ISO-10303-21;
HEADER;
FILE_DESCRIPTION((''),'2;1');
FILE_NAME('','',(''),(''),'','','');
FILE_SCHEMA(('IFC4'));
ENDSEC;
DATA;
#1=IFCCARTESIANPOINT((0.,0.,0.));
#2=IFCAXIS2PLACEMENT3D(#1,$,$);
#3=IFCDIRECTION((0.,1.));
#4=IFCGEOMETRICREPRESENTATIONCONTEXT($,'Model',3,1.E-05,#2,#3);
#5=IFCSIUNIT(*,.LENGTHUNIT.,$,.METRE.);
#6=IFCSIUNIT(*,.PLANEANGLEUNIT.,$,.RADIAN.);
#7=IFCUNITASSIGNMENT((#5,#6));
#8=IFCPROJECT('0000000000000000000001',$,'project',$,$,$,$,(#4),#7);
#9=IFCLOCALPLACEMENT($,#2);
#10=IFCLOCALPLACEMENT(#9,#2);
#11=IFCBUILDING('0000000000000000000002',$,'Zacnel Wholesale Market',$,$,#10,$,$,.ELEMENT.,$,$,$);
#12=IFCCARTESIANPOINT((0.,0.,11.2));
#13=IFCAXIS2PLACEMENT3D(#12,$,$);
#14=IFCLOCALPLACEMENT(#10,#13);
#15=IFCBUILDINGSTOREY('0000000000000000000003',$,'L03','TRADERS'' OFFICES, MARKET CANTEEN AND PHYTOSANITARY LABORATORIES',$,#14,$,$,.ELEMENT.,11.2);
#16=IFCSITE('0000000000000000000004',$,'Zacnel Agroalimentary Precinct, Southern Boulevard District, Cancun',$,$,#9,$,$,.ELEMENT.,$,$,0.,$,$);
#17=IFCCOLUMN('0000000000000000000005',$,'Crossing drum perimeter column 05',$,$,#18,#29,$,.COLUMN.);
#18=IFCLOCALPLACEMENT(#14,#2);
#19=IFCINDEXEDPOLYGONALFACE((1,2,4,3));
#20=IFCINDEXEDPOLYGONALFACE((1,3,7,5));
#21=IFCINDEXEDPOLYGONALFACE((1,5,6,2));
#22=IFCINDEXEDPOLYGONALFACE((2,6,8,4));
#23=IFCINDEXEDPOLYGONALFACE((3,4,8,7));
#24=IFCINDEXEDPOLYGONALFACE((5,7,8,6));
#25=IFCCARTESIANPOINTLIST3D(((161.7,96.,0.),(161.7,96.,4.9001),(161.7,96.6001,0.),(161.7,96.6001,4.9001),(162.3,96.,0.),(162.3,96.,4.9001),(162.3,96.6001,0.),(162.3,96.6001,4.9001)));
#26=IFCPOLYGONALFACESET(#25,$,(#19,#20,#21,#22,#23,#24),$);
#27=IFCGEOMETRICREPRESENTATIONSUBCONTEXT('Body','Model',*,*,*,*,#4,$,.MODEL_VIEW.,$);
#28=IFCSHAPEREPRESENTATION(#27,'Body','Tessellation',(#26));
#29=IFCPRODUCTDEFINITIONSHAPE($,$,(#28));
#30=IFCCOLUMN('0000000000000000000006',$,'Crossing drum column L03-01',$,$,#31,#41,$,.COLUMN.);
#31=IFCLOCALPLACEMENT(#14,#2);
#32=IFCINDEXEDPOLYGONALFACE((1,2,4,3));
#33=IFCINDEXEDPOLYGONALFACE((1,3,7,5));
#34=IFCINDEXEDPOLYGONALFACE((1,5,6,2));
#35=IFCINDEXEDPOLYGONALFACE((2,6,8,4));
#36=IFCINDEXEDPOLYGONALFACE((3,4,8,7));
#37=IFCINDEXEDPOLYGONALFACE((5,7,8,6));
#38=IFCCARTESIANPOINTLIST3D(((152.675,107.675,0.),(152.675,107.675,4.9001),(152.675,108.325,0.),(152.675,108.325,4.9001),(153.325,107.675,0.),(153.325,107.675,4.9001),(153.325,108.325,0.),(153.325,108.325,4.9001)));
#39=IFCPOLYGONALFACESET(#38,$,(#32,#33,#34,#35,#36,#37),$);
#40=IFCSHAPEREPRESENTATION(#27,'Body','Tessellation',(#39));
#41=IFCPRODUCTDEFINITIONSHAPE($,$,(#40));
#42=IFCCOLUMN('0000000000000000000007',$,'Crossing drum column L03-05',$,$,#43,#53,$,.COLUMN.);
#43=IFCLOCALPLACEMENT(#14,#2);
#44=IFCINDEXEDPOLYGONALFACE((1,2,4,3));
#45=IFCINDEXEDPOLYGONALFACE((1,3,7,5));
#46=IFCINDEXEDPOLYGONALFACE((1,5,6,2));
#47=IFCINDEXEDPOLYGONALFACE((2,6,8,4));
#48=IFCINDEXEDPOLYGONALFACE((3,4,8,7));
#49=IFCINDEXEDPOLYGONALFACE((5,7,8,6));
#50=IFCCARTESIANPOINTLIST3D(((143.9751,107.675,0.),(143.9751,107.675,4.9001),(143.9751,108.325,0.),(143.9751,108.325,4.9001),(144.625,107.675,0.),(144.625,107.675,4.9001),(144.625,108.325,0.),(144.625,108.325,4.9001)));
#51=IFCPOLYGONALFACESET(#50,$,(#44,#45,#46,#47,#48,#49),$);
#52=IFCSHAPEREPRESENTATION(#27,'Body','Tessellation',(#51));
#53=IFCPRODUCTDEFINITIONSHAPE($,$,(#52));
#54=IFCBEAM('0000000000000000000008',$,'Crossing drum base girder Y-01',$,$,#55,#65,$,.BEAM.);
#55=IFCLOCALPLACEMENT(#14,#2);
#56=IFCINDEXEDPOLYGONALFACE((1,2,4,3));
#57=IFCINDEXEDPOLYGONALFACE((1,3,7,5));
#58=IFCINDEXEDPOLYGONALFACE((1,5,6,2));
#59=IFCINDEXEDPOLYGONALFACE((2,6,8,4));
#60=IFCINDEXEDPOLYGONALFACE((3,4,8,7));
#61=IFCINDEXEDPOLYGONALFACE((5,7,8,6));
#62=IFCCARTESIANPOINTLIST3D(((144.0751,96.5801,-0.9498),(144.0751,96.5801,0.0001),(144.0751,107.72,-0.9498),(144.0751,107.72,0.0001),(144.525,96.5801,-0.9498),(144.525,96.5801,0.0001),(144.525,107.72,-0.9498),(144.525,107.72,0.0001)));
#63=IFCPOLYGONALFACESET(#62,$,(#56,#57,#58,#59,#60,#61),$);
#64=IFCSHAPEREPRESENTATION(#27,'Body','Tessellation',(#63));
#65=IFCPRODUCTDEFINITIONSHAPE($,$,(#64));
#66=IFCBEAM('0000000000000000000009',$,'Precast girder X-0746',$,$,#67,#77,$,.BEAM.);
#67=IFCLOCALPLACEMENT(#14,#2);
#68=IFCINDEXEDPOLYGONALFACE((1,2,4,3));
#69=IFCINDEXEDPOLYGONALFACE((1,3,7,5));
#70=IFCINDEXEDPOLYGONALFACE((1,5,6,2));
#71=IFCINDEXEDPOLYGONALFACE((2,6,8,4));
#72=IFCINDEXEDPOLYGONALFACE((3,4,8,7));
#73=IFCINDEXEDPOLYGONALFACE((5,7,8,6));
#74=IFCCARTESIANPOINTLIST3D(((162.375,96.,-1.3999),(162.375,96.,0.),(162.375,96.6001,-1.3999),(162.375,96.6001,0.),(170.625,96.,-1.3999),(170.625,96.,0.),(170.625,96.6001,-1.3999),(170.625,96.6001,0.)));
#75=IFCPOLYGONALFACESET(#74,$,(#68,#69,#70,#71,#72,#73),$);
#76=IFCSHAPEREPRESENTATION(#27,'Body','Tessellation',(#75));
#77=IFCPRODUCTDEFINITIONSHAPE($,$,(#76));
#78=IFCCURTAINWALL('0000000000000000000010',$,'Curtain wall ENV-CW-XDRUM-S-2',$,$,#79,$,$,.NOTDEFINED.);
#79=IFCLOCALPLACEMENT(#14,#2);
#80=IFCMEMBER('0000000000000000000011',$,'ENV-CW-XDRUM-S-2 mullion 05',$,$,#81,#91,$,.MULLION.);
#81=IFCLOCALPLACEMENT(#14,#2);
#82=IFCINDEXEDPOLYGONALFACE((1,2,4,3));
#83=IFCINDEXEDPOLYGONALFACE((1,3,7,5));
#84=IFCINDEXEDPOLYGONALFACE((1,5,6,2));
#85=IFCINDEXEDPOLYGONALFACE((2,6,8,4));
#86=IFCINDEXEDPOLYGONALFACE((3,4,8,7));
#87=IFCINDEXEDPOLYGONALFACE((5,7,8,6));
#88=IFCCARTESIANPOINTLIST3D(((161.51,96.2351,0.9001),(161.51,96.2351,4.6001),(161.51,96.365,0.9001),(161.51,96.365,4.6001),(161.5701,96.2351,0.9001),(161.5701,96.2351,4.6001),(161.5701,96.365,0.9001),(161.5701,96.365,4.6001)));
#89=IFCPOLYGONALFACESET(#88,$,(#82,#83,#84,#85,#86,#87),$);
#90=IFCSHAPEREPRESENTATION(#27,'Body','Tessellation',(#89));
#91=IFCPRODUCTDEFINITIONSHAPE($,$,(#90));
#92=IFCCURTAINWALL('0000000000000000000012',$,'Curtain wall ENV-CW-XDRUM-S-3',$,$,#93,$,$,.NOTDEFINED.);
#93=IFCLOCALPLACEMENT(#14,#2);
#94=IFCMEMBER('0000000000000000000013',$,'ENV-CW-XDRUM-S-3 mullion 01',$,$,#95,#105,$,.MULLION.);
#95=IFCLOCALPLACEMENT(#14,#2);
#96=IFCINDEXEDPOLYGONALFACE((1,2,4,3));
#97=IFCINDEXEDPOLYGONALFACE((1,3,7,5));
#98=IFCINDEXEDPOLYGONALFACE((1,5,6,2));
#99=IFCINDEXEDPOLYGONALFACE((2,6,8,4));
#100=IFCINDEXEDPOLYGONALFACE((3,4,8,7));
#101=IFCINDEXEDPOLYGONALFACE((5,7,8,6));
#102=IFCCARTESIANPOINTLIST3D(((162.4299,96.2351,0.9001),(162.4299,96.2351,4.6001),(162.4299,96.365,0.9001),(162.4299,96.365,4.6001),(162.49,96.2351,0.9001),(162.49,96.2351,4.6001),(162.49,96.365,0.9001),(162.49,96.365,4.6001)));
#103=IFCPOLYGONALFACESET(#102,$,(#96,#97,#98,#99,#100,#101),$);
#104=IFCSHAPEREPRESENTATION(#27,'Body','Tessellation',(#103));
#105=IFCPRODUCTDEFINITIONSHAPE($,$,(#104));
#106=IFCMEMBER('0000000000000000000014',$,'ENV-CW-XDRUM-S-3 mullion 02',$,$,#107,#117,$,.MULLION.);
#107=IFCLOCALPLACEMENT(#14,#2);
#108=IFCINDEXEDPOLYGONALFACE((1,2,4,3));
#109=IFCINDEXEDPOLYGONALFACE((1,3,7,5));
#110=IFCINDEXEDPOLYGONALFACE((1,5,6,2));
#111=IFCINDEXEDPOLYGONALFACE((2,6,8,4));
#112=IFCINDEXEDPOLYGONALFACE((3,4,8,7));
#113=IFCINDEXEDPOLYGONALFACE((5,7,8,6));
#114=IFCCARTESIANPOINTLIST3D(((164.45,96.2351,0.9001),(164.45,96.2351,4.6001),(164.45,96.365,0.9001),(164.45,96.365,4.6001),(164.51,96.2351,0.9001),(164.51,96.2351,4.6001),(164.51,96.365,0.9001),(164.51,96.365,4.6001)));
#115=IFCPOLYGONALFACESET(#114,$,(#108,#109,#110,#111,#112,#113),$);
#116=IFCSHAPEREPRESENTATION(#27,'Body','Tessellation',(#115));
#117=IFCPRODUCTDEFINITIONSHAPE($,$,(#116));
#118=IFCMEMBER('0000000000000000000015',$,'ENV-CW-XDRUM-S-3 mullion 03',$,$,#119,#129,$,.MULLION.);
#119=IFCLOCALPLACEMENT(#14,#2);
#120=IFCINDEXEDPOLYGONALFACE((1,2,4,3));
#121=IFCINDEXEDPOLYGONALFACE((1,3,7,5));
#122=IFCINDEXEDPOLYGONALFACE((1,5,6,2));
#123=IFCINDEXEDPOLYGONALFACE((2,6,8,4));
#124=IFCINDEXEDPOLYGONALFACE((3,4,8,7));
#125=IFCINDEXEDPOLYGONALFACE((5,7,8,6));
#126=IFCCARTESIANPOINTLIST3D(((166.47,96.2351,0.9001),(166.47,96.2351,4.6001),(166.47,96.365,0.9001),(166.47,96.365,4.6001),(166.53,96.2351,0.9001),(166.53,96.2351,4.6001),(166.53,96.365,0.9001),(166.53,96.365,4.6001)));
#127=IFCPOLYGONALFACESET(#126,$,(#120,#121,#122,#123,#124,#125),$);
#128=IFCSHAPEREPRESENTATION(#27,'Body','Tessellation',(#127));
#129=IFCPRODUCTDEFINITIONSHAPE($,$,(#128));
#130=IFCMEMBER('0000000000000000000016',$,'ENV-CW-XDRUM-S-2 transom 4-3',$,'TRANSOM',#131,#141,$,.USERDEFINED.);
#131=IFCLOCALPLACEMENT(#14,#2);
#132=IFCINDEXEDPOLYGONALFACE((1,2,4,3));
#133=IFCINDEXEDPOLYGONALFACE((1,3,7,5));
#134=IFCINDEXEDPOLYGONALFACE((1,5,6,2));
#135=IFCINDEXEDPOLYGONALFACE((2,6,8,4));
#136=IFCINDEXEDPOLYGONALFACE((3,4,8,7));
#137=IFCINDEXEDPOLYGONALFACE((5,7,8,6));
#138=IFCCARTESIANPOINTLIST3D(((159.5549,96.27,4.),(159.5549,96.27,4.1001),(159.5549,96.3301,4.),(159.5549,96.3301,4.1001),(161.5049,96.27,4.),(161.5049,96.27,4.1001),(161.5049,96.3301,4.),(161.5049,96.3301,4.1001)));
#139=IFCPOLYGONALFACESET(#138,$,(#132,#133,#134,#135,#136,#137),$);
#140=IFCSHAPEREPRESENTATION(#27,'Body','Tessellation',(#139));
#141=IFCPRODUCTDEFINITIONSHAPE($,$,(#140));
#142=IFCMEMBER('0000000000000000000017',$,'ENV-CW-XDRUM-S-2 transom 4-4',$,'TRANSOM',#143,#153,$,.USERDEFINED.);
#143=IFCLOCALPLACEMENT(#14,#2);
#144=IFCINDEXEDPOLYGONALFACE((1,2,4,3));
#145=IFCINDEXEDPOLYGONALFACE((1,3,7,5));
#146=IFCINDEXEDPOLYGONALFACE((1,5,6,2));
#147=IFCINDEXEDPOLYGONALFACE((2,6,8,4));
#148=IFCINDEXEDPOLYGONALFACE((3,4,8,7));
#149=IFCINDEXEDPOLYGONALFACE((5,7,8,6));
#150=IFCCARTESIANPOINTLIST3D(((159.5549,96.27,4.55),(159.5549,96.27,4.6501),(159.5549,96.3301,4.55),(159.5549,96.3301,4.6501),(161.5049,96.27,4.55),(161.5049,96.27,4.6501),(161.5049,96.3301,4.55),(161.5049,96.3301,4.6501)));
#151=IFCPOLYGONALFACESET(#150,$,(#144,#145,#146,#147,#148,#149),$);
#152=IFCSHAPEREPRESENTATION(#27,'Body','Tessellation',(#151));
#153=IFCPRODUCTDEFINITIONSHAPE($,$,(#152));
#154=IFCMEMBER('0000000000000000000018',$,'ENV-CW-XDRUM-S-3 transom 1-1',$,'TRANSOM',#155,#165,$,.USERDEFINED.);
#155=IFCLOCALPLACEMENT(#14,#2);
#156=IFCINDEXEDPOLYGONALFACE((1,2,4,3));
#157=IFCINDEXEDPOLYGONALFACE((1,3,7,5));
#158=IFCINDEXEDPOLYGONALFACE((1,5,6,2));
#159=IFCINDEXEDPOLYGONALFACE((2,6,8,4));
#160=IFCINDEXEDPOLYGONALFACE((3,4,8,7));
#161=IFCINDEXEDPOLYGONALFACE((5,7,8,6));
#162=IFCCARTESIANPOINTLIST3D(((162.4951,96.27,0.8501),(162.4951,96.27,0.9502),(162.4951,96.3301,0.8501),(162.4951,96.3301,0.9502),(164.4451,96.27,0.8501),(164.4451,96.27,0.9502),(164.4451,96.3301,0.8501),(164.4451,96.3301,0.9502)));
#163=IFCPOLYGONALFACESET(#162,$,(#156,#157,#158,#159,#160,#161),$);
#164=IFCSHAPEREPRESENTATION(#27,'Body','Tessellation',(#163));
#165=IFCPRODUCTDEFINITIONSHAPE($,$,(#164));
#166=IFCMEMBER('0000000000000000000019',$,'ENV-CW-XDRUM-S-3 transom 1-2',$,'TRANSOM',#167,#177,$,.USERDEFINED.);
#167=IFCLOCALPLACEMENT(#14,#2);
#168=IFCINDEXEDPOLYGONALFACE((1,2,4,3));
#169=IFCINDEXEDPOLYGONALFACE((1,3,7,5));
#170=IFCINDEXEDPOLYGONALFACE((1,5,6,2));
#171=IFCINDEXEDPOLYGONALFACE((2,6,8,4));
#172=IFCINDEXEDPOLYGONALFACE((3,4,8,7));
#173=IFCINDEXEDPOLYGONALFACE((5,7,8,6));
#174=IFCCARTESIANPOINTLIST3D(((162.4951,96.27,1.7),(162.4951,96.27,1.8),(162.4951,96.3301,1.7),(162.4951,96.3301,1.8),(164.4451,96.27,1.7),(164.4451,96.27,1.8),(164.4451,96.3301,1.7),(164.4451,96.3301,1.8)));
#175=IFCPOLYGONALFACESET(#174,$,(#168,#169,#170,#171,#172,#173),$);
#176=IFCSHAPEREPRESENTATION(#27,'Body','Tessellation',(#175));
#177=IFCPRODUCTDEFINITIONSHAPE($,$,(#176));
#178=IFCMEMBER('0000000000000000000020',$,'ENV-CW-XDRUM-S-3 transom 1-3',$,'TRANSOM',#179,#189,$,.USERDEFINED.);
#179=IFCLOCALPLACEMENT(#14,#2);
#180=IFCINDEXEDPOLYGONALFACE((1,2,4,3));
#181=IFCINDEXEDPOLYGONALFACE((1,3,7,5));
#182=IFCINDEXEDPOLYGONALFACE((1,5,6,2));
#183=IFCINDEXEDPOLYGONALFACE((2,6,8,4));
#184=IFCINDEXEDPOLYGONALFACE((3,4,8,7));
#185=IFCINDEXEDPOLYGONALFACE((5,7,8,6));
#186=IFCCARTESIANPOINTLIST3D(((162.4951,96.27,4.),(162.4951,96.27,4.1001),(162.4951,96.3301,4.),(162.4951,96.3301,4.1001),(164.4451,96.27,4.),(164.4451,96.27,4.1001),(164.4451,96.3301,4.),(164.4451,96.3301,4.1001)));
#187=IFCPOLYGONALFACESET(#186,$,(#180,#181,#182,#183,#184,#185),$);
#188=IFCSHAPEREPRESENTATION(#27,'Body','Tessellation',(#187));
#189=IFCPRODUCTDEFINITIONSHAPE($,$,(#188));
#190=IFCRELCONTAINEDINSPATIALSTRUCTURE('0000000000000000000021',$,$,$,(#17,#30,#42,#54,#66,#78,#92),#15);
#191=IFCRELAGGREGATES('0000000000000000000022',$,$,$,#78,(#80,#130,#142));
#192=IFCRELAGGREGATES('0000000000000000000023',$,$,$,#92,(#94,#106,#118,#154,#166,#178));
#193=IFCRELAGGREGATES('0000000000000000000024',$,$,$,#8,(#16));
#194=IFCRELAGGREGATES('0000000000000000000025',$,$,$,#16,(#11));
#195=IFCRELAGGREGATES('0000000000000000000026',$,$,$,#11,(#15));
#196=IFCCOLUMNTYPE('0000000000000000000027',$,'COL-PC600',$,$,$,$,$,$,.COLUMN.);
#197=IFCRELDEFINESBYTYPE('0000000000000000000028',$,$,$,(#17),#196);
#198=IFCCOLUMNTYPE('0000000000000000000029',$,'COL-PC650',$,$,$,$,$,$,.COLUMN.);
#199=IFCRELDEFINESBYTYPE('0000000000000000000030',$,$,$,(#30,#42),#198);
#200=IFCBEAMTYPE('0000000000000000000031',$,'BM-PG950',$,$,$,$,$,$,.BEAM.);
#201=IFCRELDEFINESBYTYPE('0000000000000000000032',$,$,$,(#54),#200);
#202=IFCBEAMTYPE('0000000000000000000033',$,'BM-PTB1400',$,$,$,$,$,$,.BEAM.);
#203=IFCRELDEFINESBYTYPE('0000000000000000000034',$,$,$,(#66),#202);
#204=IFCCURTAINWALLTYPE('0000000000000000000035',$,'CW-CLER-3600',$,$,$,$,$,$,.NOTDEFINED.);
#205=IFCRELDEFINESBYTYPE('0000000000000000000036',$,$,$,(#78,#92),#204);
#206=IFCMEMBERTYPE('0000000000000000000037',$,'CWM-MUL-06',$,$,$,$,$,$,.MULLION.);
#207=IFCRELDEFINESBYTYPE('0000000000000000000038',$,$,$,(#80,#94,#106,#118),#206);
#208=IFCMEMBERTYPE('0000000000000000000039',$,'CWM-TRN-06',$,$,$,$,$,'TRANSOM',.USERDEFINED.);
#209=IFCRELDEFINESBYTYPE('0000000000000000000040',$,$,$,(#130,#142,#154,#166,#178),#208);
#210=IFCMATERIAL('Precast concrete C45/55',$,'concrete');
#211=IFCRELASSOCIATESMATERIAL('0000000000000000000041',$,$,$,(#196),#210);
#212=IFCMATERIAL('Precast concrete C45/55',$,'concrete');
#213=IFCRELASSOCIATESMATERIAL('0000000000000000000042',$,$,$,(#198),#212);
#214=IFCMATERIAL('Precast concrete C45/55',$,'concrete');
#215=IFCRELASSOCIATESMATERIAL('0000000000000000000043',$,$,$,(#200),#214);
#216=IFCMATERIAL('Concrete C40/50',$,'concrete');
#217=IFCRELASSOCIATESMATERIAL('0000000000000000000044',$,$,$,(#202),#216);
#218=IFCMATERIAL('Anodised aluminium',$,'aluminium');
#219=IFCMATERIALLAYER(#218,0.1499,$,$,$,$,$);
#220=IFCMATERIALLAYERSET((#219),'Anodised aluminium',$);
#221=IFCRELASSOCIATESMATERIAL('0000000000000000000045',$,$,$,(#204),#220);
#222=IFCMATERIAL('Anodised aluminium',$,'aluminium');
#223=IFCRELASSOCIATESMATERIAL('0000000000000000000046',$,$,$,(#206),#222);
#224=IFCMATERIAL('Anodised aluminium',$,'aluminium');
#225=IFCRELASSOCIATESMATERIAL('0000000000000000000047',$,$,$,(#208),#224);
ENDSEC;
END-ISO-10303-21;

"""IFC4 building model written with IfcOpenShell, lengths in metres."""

from ifc_helpers import new_model, si_unit, direction, frame, origin, origin_2d, place, context, subcontext, project, spatial, rectangle, extrude, material, layer, layer_set, material_profile, profile_set, type_object, element, aggregate, save


model = new_model("IFC4")

# Units and contexts
model_context = context("Model", 3, precision=1e-05, world=origin(), true_north=direction((0.0, 1.0)))
body_context = subcontext(model_context, "Body", "Model", "MODEL_VIEW")
ifc_project = project(units=[si_unit("LENGTHUNIT", "METRE"), si_unit("PLANEANGLEUNIT", "RADIAN")], contexts=[model_context])

# Site, building, storey
site_placement = place(None, origin())
site = spatial("IfcSite", under=ifc_project, at=site_placement, Name="Zacnel Agroalimentary Precinct, Southern Boulevard District, Cancun", CompositionType="ELEMENT", RefElevation=0.0)
building_placement = place(site_placement, origin())
building = spatial("IfcBuilding", under=site, at=building_placement, Name="Zacnel Wholesale Market", CompositionType="ELEMENT")
storey_placement = place(building_placement, frame((0.0, 0.0, 11.2)))
storey = spatial("IfcBuildingStorey", under=building, at=storey_placement, Name="L03", Description="TRADERS' OFFICES, MARKET CANTEEN AND PHYTOSANITARY LABORATORIES", CompositionType="ELEMENT", Elevation=11.2)

# Columns
ifc_material_1 = material(Name="Precast concrete C45/55", Category="concrete")
ifc_material_profile_1 = material_profile(ifc_material_1, rectangle(XDim=0.6001, YDim=0.6001, at=origin_2d()), Name="PC 600x600")
ifc_profile_set_1 = profile_set([ifc_material_profile_1], Name="Precast concrete C45/55")
column_type_1 = type_object("IfcColumnType", Name="COL-PC600", PredefinedType="COLUMN", material=ifc_profile_set_1)
column_placement = place(storey_placement, frame((162.0, 96.3, 0.0), z_axis=(0.0, 0.0, 1.0), x_axis=(1.0, 0.0, 0.0)))
element("IfcColumn", 1, at=column_placement, inside=storey, type_object=column_type_1, Name="Crossing drum perimeter column 05", PredefinedType="COLUMN", context=body_context, shape_type="SweptSolid", body=[
    extrude(rectangle(XDim=0.6001, YDim=0.6001, at=origin_2d()), origin(), (0.0, 0.0, 1.0), 4.9001),
])
ifc_material_2 = material(Name="Precast concrete C45/55", Category="concrete")
ifc_material_profile_2 = material_profile(ifc_material_2, rectangle(XDim=0.6499, YDim=0.6499, at=origin_2d()), Name="PC 650x650")
ifc_profile_set_2 = profile_set([ifc_material_profile_2], Name="Precast concrete C45/55")
column_type_2 = type_object("IfcColumnType", Name="COL-PC650", PredefinedType="COLUMN", material=ifc_profile_set_2)
for number, where, z_axis, x_axis, name in (
    (2, (153.0, 108.0, 0.0), (0.0, 0.0, 1.0), (1.0, 0.0, 0.0), "Crossing drum column L03-01"),
    (3, (144.3, 108.0, 0.0), (0.0, 0.0, 1.0), (1.0, 0.0, 0.0), "Crossing drum column L03-05"),
):
    element("IfcColumn", number, at=place(storey_placement, frame(where, z_axis=z_axis, x_axis=x_axis)), inside=storey, type_object=column_type_2, Name=name, PredefinedType="COLUMN", context=body_context, shape_type="SweptSolid", body=[
        extrude(rectangle(XDim=0.6499, YDim=0.6499, at=origin_2d()), origin(), (0.0, 0.0, 1.0), 4.9001),
    ])

# Beams
ifc_material_3 = material(Name="Precast concrete C45/55", Category="concrete")
ifc_material_profile_3 = material_profile(ifc_material_3, rectangle(XDim=0.45, YDim=0.95, at=origin_2d()), Name="PG 450x950")
ifc_profile_set_3 = profile_set([ifc_material_profile_3], Name="Precast concrete C45/55")
beam_type_1 = type_object("IfcBeamType", Name="BM-PG950", PredefinedType="BEAM", material=ifc_profile_set_3)
beam_1_placement = place(storey_placement, frame((144.3, 96.5801, -0.4749), z_axis=(0.0, 1.0, 0.0), x_axis=(-1.0, 0.0, 0.0)))
element("IfcBeam", 4, at=beam_1_placement, inside=storey, type_object=beam_type_1, Name="Crossing drum base girder Y-01", PredefinedType="BEAM", context=body_context, shape_type="SweptSolid", body=[
    extrude(rectangle(XDim=0.45, YDim=0.95, at=origin_2d()), origin(), (0.0, 0.0, 1.0), 11.1399),
])
ifc_material_4 = material(Name="Concrete C40/50", Category="concrete")
ifc_material_profile_4 = material_profile(ifc_material_4, rectangle(XDim=0.6001, YDim=1.3999, at=origin_2d()), Name="PTB 600x1400")
ifc_profile_set_4 = profile_set([ifc_material_profile_4], Name="Concrete C40/50")
beam_type_2 = type_object("IfcBeamType", Name="BM-PTB1400", PredefinedType="BEAM", material=ifc_profile_set_4)
beam_2_placement = place(storey_placement, frame((162.375, 96.3, -0.7), z_axis=(1.0, 0.0, 0.0), x_axis=(0.0, 1.0, 0.0)))
element("IfcBeam", 5, at=beam_2_placement, inside=storey, type_object=beam_type_2, Name="Precast girder X-0746", PredefinedType="BEAM", context=body_context, shape_type="SweptSolid", body=[
    extrude(rectangle(XDim=0.6001, YDim=1.3999, at=origin_2d()), origin(), (0.0, 0.0, 1.0), 8.25),
])

# Curtain wall, member
ifc_material_5 = material(Name="Anodised aluminium", Category="aluminium")
ifc_layer_1 = layer(ifc_material_5, 0.1499)
ifc_layer_set_1 = layer_set([ifc_layer_1], Name="Anodised aluminium")
curtain_wall_type = type_object("IfcCurtainWallType", Name="CW-CLER-3600", PredefinedType="NOTDEFINED", material=ifc_layer_set_1)
curtain_wall_1_placement = place(storey_placement, origin())
curtain_wall_1 = element("IfcCurtainWall", 6, at=curtain_wall_1_placement, inside=storey, type_object=curtain_wall_type, Name="Curtain wall ENV-CW-XDRUM-S-2", PredefinedType="NOTDEFINED")
ifc_material_6 = material(Name="Anodised aluminium", Category="aluminium")
ifc_material_profile_5 = material_profile(ifc_material_6, rectangle(XDim=0.0601, YDim=0.1299, at=origin_2d()), Name="AW-MULLION 60x130")
ifc_profile_set_5 = profile_set([ifc_material_profile_5], Name="Anodised aluminium")
member_type_1 = type_object("IfcMemberType", Name="CWM-MUL-06", PredefinedType="MULLION", material=ifc_profile_set_5)
member_1_placement = place(storey_placement, frame((161.54, 96.3, 0.9001), z_axis=(0.0, 0.0, 1.0), x_axis=(1.0, 0.0, 0.0)))
member_1 = element("IfcMember", 7, at=member_1_placement, type_object=member_type_1, Name="ENV-CW-XDRUM-S-2 mullion 05", PredefinedType="MULLION", context=body_context, shape_type="SweptSolid", body=[
    extrude(rectangle(XDim=0.0601, YDim=0.1299, at=origin_2d()), origin(), (0.0, 0.0, 1.0), 3.7),
])

# Curtain wall, members
curtain_wall_2_placement = place(storey_placement, origin())
curtain_wall_2 = element("IfcCurtainWall", 8, at=curtain_wall_2_placement, inside=storey, type_object=curtain_wall_type, Name="Curtain wall ENV-CW-XDRUM-S-3", PredefinedType="NOTDEFINED")
member_2_placement = place(storey_placement, frame((162.46, 96.3, 0.9001), z_axis=(0.0, 0.0, 1.0), x_axis=(1.0, 0.0, 0.0)))
member_2 = element("IfcMember", 9, at=member_2_placement, type_object=member_type_1, Name="ENV-CW-XDRUM-S-3 mullion 01", PredefinedType="MULLION", context=body_context, shape_type="SweptSolid", body=[
    extrude(rectangle(XDim=0.0601, YDim=0.1299, at=origin_2d()), origin(), (0.0, 0.0, 1.0), 3.7),
])
member_3_placement = place(storey_placement, frame((164.48, 96.3, 0.9001), z_axis=(0.0, 0.0, 1.0), x_axis=(1.0, 0.0, 0.0)))
member_3 = element("IfcMember", 10, at=member_3_placement, type_object=member_type_1, Name="ENV-CW-XDRUM-S-3 mullion 02", PredefinedType="MULLION", context=body_context, shape_type="SweptSolid", body=[
    extrude(rectangle(XDim=0.0601, YDim=0.1299, at=origin_2d()), origin(), (0.0, 0.0, 1.0), 3.7),
])
member_4_placement = place(storey_placement, frame((166.5, 96.3, 0.9001), z_axis=(0.0, 0.0, 1.0), x_axis=(1.0, 0.0, 0.0)))
member_4 = element("IfcMember", 11, at=member_4_placement, type_object=member_type_1, Name="ENV-CW-XDRUM-S-3 mullion 03", PredefinedType="MULLION", context=body_context, shape_type="SweptSolid", body=[
    extrude(rectangle(XDim=0.0601, YDim=0.1299, at=origin_2d()), origin(), (0.0, 0.0, 1.0), 3.7),
])

# Members
ifc_material_7 = material(Name="Anodised aluminium", Category="aluminium")
ifc_material_profile_6 = material_profile(ifc_material_7, rectangle(XDim=0.0601, YDim=0.1001, at=origin_2d()), Name="AW-TRANSOM 60x100")
ifc_profile_set_6 = profile_set([ifc_material_profile_6], Name="Anodised aluminium")
member_type_2 = type_object("IfcMemberType", Name="CWM-TRN-06", ElementType="TRANSOM", PredefinedType="USERDEFINED", material=ifc_profile_set_6)
member_5_placement = place(storey_placement, frame((159.5549, 96.3, 4.05), z_axis=(1.0, 0.0, 0.0), x_axis=(0.0, 1.0, 0.0)))
member_5 = element("IfcMember", 12, at=member_5_placement, type_object=member_type_2, Name="ENV-CW-XDRUM-S-2 transom 4-3", ObjectType="TRANSOM", PredefinedType="USERDEFINED", context=body_context, shape_type="SweptSolid", body=[
    extrude(rectangle(XDim=0.0601, YDim=0.1001, at=origin_2d()), origin(), (0.0, 0.0, 1.0), 1.95),
])
member_6_placement = place(storey_placement, frame((159.5549, 96.3, 4.6001), z_axis=(1.0, 0.0, 0.0), x_axis=(0.0, 1.0, 0.0)))
member_6 = element("IfcMember", 13, at=member_6_placement, type_object=member_type_2, Name="ENV-CW-XDRUM-S-2 transom 4-4", ObjectType="TRANSOM", PredefinedType="USERDEFINED", context=body_context, shape_type="SweptSolid", body=[
    extrude(rectangle(XDim=0.0601, YDim=0.1001, at=origin_2d()), origin(), (0.0, 0.0, 1.0), 1.95),
])
member_7_placement = place(storey_placement, frame((162.4951, 96.3, 0.9001), z_axis=(1.0, 0.0, 0.0), x_axis=(0.0, 1.0, 0.0)))
member_7 = element("IfcMember", 14, at=member_7_placement, type_object=member_type_2, Name="ENV-CW-XDRUM-S-3 transom 1-1", ObjectType="TRANSOM", PredefinedType="USERDEFINED", context=body_context, shape_type="SweptSolid", body=[
    extrude(rectangle(XDim=0.0601, YDim=0.1001, at=origin_2d()), origin(), (0.0, 0.0, 1.0), 1.95),
])
member_8_placement = place(storey_placement, frame((162.4951, 96.3, 1.75), z_axis=(1.0, 0.0, 0.0), x_axis=(0.0, 1.0, 0.0)))
member_8 = element("IfcMember", 15, at=member_8_placement, type_object=member_type_2, Name="ENV-CW-XDRUM-S-3 transom 1-2", ObjectType="TRANSOM", PredefinedType="USERDEFINED", context=body_context, shape_type="SweptSolid", body=[
    extrude(rectangle(XDim=0.0601, YDim=0.1001, at=origin_2d()), origin(), (0.0, 0.0, 1.0), 1.95),
])
member_9_placement = place(storey_placement, frame((162.4951, 96.3, 4.05), z_axis=(1.0, 0.0, 0.0), x_axis=(0.0, 1.0, 0.0)))
member_9 = element("IfcMember", 16, at=member_9_placement, type_object=member_type_2, Name="ENV-CW-XDRUM-S-3 transom 1-3", ObjectType="TRANSOM", PredefinedType="USERDEFINED", context=body_context, shape_type="SweptSolid", body=[
    extrude(rectangle(XDim=0.0601, YDim=0.1001, at=origin_2d()), origin(), (0.0, 0.0, 1.0), 1.95),
])

aggregate(curtain_wall_1, [member_1, member_5, member_6])
aggregate(curtain_wall_2, [member_2, member_3, member_4, member_7, member_8, member_9])

save(model, "model.ifc")
